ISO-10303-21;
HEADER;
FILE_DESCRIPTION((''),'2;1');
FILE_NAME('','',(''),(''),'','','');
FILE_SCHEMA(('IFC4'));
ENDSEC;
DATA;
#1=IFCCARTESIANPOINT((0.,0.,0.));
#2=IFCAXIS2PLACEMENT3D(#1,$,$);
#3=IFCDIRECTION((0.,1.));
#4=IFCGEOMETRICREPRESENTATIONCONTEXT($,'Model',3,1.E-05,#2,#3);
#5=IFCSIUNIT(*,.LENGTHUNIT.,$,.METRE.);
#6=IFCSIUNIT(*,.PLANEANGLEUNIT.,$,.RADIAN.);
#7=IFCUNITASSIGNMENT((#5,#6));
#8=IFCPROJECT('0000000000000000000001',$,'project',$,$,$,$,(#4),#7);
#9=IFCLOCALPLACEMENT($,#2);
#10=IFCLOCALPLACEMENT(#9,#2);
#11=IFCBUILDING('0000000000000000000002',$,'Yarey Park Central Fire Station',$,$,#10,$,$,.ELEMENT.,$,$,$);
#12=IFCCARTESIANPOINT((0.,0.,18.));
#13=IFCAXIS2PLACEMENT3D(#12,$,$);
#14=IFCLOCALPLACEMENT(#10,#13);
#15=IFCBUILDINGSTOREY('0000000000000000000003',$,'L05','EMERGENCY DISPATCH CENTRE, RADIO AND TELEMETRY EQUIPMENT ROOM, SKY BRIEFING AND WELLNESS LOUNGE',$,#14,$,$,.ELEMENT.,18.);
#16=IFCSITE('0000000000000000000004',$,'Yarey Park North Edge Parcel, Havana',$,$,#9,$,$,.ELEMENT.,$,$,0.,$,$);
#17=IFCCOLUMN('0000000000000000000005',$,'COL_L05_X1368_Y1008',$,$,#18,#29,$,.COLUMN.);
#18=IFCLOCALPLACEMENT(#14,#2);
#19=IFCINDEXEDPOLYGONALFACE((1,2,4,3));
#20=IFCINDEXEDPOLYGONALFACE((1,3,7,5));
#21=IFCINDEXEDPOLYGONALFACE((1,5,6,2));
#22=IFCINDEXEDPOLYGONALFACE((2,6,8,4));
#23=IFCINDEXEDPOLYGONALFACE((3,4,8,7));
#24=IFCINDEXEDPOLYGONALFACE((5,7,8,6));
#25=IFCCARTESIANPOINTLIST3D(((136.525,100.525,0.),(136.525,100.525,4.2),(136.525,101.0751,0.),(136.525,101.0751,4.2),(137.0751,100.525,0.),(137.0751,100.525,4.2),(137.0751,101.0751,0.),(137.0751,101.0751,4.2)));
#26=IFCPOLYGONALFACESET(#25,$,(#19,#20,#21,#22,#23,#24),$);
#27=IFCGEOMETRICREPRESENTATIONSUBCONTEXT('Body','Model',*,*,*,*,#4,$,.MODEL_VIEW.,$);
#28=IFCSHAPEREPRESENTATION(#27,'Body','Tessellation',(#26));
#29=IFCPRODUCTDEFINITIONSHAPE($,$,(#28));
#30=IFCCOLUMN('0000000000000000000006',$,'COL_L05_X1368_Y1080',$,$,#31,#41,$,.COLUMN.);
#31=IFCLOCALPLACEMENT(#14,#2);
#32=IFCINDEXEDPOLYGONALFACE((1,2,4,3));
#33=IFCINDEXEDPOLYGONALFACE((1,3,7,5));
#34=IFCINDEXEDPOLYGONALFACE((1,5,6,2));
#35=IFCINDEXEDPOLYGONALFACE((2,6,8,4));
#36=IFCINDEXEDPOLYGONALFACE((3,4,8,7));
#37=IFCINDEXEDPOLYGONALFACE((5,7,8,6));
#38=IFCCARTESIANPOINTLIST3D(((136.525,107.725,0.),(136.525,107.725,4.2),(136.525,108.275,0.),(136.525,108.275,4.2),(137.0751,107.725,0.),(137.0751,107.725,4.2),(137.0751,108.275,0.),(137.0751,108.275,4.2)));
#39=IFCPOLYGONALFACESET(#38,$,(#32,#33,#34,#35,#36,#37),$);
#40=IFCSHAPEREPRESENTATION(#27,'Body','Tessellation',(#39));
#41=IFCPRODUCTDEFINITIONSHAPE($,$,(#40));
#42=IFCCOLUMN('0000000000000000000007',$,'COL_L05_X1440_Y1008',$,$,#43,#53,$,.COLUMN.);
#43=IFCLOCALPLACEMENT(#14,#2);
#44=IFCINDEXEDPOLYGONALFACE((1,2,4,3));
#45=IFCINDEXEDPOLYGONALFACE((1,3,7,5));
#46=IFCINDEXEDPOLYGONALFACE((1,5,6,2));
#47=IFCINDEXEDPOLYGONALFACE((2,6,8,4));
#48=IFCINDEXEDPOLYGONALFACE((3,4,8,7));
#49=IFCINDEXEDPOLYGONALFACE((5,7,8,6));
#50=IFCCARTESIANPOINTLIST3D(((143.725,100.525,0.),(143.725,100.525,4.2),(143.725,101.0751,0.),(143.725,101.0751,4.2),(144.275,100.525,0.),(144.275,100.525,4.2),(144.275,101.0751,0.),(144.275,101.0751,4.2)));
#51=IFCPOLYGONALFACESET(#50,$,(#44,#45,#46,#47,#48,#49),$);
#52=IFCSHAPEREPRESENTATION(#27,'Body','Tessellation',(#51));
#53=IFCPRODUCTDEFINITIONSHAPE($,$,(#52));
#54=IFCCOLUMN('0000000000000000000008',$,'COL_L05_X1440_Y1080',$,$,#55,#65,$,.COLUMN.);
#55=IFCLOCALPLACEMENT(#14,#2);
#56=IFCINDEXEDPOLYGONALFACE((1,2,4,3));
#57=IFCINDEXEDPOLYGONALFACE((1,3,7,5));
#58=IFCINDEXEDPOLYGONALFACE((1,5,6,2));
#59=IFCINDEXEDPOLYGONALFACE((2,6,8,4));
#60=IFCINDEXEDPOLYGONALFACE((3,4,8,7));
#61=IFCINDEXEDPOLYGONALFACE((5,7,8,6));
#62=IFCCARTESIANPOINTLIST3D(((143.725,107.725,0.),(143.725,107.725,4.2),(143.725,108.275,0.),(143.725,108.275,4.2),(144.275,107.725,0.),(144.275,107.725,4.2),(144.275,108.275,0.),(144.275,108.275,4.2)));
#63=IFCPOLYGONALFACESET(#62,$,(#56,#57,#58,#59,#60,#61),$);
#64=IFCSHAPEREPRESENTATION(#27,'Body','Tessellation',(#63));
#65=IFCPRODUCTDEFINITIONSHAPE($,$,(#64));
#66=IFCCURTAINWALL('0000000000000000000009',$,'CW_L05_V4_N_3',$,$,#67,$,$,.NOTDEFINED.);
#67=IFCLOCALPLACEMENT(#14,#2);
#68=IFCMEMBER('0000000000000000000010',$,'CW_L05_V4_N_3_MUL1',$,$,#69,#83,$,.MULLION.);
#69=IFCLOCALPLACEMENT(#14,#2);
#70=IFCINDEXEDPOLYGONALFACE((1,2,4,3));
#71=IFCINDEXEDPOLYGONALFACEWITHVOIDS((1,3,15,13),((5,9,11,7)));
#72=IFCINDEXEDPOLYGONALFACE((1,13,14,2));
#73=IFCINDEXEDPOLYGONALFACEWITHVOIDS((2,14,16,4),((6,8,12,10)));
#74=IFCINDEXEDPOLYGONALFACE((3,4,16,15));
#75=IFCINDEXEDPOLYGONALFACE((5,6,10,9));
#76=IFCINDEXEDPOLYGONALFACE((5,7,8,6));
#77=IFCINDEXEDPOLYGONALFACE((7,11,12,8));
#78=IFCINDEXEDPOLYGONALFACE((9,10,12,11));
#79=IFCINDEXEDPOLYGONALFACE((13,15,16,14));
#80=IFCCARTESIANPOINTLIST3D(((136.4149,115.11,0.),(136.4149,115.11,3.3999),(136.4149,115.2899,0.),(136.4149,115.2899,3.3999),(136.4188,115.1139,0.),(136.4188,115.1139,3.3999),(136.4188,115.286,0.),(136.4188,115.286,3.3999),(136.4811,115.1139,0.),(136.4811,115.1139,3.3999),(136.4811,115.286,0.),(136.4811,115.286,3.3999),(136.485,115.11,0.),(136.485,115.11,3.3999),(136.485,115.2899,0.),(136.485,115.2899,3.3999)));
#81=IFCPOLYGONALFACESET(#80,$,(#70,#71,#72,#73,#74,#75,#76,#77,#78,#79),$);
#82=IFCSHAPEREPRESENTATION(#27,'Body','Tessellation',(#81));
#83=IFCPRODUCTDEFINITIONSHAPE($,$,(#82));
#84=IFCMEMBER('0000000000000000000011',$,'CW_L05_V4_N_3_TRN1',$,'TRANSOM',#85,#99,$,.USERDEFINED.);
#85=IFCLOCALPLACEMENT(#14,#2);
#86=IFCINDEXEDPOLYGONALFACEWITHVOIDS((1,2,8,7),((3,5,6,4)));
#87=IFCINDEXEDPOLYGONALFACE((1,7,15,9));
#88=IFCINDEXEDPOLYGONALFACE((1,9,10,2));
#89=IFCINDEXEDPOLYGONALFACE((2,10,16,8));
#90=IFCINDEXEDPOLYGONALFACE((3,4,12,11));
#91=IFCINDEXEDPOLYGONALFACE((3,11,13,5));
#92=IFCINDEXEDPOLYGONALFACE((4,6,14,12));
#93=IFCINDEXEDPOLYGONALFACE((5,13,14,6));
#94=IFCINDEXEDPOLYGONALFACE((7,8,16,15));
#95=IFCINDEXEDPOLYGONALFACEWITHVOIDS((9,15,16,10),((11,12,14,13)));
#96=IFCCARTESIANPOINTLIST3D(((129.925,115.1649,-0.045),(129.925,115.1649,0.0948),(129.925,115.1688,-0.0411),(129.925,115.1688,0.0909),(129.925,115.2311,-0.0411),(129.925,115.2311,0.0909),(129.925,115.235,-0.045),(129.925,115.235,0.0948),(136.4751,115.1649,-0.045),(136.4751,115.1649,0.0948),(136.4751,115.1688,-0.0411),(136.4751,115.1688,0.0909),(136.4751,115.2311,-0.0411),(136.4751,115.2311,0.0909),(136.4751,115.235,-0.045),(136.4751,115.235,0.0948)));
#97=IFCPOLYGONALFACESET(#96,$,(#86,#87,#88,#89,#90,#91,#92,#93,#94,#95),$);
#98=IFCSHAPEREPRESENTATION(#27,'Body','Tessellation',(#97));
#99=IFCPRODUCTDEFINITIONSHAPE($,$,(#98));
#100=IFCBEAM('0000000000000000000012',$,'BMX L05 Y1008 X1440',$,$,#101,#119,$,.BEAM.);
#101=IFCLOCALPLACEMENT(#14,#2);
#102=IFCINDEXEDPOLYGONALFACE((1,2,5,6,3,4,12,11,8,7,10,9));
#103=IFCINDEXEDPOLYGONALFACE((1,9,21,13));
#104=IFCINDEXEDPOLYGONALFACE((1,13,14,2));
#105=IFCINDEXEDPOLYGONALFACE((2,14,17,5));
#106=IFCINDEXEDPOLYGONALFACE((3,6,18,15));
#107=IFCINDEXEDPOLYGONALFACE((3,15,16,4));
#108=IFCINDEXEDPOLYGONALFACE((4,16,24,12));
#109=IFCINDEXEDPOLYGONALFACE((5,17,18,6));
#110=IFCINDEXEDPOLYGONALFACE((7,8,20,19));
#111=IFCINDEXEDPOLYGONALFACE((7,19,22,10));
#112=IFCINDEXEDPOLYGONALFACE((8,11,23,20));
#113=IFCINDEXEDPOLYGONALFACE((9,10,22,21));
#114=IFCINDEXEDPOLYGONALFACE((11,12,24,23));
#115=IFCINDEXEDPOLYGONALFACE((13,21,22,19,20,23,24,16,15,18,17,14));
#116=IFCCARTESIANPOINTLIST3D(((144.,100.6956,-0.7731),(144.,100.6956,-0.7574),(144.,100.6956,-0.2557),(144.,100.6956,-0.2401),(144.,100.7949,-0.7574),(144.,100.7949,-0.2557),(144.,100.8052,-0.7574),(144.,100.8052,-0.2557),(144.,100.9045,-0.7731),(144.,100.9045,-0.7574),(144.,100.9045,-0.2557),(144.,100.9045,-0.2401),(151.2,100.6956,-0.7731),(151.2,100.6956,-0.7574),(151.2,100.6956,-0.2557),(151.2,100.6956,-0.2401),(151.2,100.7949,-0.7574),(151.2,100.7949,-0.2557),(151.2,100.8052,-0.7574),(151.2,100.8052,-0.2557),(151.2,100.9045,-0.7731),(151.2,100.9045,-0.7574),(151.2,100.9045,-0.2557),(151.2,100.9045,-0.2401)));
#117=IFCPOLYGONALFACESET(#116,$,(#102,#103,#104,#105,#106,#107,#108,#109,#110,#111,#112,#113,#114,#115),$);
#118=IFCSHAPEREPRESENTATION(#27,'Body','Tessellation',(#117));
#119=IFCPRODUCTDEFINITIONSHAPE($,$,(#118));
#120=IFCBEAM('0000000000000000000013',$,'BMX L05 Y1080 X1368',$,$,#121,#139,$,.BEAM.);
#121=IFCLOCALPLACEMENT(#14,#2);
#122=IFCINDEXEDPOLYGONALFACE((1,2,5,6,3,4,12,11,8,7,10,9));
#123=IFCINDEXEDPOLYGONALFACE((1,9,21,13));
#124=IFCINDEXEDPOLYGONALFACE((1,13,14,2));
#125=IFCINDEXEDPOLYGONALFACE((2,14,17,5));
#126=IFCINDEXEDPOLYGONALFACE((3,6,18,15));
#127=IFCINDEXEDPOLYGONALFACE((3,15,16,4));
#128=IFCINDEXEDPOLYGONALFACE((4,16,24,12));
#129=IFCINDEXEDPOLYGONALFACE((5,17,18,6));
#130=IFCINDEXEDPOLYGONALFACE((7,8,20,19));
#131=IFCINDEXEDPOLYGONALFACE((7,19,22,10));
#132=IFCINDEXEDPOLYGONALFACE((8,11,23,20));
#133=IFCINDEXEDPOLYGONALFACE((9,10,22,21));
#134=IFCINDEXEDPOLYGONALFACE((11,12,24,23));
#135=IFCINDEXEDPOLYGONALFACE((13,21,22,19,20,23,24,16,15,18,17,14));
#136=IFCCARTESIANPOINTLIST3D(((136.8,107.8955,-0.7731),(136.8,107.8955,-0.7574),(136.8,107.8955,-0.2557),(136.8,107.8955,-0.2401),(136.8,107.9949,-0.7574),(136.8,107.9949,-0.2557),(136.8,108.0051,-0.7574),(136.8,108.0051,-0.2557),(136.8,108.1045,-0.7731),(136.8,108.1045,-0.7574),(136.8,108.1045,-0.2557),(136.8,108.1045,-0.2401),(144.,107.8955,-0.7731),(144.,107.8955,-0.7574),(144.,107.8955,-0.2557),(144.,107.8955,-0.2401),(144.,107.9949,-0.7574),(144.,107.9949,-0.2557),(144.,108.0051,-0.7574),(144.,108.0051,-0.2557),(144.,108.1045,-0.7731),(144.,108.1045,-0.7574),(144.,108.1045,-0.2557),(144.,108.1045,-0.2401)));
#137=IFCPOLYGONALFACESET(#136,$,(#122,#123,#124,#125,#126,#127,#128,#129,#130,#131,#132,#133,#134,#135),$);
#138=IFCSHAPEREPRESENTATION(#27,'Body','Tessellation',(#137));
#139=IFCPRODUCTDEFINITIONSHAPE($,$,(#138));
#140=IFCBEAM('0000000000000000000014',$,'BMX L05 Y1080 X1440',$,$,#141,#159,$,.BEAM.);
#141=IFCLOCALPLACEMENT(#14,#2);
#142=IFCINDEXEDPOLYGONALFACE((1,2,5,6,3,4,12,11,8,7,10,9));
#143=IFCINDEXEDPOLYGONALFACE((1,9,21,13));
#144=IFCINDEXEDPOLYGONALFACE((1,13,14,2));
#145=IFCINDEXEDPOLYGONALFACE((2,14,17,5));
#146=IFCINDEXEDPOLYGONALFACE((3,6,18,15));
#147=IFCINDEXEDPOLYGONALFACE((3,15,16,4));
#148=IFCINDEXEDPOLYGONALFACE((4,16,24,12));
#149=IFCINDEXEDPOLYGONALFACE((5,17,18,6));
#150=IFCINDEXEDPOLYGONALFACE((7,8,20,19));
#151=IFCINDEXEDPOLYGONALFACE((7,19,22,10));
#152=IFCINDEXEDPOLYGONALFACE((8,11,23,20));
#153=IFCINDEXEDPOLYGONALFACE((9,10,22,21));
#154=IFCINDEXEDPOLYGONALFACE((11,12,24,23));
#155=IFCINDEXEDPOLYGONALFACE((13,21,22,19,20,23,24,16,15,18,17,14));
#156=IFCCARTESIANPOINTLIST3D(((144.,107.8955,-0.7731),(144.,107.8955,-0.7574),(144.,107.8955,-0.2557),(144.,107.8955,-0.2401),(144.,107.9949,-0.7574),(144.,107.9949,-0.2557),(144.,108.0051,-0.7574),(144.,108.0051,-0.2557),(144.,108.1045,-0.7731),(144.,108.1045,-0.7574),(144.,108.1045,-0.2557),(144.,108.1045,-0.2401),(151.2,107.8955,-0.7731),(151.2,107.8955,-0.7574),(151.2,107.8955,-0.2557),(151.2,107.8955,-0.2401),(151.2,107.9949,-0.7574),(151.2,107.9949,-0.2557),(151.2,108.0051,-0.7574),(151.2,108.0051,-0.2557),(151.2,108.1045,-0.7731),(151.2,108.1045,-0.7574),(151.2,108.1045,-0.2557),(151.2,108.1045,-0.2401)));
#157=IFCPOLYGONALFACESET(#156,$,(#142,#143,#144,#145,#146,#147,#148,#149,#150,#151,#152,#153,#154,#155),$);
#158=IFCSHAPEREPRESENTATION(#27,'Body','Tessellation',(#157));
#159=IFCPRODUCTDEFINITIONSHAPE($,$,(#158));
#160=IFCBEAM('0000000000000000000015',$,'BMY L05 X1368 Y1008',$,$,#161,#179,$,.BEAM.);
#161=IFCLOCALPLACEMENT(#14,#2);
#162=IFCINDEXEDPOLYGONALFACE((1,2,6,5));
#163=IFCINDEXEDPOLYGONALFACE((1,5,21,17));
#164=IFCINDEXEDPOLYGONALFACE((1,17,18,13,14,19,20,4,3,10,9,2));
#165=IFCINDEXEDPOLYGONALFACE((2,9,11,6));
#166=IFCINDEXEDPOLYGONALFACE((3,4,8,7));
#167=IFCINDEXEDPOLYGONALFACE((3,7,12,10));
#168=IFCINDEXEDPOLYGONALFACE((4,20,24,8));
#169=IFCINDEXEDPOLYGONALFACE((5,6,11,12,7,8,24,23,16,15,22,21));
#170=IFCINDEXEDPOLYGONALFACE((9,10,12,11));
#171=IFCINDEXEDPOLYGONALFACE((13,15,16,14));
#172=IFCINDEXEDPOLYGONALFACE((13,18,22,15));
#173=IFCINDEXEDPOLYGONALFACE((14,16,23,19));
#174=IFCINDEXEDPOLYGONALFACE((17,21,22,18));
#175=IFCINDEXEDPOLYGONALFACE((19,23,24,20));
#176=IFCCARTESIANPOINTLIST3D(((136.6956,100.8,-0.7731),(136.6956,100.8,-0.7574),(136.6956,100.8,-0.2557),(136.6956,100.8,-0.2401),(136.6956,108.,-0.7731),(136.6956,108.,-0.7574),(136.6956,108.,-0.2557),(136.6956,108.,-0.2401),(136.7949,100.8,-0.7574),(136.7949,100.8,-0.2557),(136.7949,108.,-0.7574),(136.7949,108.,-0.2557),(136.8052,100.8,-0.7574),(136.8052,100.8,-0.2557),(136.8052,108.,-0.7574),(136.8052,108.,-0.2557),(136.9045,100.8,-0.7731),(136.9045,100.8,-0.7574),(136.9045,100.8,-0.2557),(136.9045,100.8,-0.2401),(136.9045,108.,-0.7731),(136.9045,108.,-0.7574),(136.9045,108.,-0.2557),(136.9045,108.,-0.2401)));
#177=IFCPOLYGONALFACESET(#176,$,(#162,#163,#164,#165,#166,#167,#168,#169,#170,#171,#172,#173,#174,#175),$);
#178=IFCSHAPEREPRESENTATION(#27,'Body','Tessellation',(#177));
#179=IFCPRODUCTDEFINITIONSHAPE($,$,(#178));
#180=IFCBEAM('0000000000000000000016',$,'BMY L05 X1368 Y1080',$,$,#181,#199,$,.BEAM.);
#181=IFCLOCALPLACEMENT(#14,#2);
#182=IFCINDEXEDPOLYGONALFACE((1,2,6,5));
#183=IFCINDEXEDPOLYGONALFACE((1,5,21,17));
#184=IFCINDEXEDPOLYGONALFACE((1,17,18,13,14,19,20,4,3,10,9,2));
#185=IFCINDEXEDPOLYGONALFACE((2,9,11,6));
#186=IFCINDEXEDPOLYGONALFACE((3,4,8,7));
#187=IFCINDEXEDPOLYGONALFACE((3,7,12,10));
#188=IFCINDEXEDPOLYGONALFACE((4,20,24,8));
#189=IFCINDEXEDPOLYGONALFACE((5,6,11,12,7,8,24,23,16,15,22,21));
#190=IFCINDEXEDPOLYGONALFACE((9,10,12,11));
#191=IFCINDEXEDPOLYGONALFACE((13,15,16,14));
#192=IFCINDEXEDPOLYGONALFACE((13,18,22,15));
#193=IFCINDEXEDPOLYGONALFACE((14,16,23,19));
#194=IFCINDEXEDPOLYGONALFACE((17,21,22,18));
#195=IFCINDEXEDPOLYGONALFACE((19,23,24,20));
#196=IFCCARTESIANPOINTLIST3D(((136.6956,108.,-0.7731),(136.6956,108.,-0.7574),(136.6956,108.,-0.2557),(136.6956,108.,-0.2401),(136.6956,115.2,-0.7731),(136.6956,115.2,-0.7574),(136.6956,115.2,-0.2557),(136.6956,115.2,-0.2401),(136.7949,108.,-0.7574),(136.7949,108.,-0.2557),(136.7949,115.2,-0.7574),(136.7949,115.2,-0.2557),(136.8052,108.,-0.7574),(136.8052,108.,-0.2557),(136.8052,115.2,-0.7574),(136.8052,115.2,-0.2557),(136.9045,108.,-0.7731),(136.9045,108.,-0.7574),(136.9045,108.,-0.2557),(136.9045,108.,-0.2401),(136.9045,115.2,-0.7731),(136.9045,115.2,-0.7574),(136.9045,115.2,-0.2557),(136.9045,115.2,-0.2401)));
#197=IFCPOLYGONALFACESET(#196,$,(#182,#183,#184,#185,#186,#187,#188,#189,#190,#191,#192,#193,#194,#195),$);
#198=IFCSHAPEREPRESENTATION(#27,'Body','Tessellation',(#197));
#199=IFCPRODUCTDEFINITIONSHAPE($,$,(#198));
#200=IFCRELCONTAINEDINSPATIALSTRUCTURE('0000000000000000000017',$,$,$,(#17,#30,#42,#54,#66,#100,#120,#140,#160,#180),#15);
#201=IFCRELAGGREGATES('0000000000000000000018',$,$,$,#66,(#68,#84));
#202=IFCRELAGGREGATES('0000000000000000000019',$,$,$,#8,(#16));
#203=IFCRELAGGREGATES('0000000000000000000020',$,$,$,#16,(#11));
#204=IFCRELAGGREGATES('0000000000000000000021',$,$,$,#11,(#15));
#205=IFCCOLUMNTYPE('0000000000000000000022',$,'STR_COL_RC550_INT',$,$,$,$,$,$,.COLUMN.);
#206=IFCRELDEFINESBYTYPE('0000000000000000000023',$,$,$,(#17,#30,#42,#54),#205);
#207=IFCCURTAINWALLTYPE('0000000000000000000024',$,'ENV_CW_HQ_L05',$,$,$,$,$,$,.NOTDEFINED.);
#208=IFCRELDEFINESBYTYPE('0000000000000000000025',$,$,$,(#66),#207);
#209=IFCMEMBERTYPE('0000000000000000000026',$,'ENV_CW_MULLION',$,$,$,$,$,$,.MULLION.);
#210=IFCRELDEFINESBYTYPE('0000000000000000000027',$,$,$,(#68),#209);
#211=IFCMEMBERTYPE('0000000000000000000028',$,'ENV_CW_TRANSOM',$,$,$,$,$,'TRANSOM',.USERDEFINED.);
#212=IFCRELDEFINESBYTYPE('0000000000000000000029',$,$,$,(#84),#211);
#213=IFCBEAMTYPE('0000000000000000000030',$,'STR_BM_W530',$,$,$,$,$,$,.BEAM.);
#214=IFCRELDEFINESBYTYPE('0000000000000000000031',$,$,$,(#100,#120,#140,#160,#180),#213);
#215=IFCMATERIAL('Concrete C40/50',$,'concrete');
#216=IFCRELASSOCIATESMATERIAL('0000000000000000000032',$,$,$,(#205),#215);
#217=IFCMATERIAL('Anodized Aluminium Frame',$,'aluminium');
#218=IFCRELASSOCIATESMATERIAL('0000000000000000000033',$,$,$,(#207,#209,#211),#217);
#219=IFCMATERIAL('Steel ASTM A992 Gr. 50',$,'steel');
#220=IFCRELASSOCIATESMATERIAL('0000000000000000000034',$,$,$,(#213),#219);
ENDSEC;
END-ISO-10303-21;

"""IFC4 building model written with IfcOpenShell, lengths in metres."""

from ifc_helpers import new_model, si_unit, direction, frame, origin, origin_2d, place, context, subcontext, project, spatial, rectangle, hollow_rectangle, i_section, extrude, material, material_profile, profile_set, type_object, element, aggregate, save


model = new_model("IFC4")

# Units and contexts
model_context = context("Model", 3, precision=1e-05, world=origin(), true_north=direction((0.0, 1.0)))
body_context = subcontext(model_context, "Body", "Model", "MODEL_VIEW")
ifc_project = project(units=[si_unit("LENGTHUNIT", "METRE"), si_unit("PLANEANGLEUNIT", "RADIAN")], contexts=[model_context])

# Site, building, storey
site_placement = place(None, origin())
site = spatial("IfcSite", under=ifc_project, at=site_placement, Name="Yarey Park North Edge Parcel, Havana", CompositionType="ELEMENT", RefElevation=0.0)
building_placement = place(site_placement, origin())
building = spatial("IfcBuilding", under=site, at=building_placement, Name="Yarey Park Central Fire Station", CompositionType="ELEMENT")
storey_placement = place(building_placement, frame((0.0, 0.0, 18.0)))
storey = spatial("IfcBuildingStorey", under=building, at=storey_placement, Name="L05", Description="EMERGENCY DISPATCH CENTRE, RADIO AND TELEMETRY EQUIPMENT ROOM, SKY BRIEFING AND WELLNESS LOUNGE", CompositionType="ELEMENT", Elevation=18.0)

# Columns
ifc_material_1 = material(Name="Concrete C40/50", Category="concrete")
ifc_material_profile_1 = material_profile(ifc_material_1, rectangle(XDim=0.55, YDim=0.55, at=origin_2d()), Name="RC 550x550")
ifc_profile_set_1 = profile_set([ifc_material_profile_1], Name="Concrete C40/50")
column_type = type_object("IfcColumnType", Name="STR_COL_RC550_INT", PredefinedType="COLUMN", material=ifc_profile_set_1)
for number, where, z_axis, x_axis, name in (
    (1, (136.8, 100.8, 0.0), (0.0, 0.0, 1.0), (1.0, 0.0, 0.0), "COL_L05_X1368_Y1008"),
    (2, (136.8, 108.0, 0.0), (0.0, 0.0, 1.0), (1.0, 0.0, 0.0), "COL_L05_X1368_Y1080"),
    (3, (144.0, 100.8, 0.0), (0.0, 0.0, 1.0), (1.0, 0.0, 0.0), "COL_L05_X1440_Y1008"),
    (4, (144.0, 108.0, 0.0), (0.0, 0.0, 1.0), (1.0, 0.0, 0.0), "COL_L05_X1440_Y1080"),
):
    element("IfcColumn", number, at=place(storey_placement, frame(where, z_axis=z_axis, x_axis=x_axis)), inside=storey, type_object=column_type, Name=name, PredefinedType="COLUMN", context=body_context, shape_type="SweptSolid", body=[
        extrude(rectangle(XDim=0.55, YDim=0.55, at=origin_2d()), origin(), (0.0, 0.0, 1.0), 4.2),
    ])

# Curtain wall, members
ifc_material_2 = material(Name="Anodized Aluminium Frame", Category="aluminium")
curtain_wall_type = type_object("IfcCurtainWallType", Name="ENV_CW_HQ_L05", PredefinedType="NOTDEFINED", material=ifc_material_2)
curtain_wall_placement = place(storey_placement, origin())
curtain_wall = element("IfcCurtainWall", 5, at=curtain_wall_placement, inside=storey, type_object=curtain_wall_type, Name="CW_L05_V4_N_3", PredefinedType="NOTDEFINED")
ifc_material_profile_2 = material_profile(ifc_material_2, hollow_rectangle(XDim=0.0701, YDim=0.1799, WallThickness=0.0039, at=origin_2d()), Name="ALU 180x70x4")
ifc_profile_set_2 = profile_set([ifc_material_profile_2], Name="Anodized Aluminium Frame")
member_type_1 = type_object("IfcMemberType", Name="ENV_CW_MULLION", PredefinedType="MULLION", material=ifc_profile_set_2)
member_1_placement = place(storey_placement, frame((136.45, 115.2, 0.0), z_axis=(0.0, 0.0, 1.0), x_axis=(1.0, 0.0, 0.0)))
member_1 = element("IfcMember", 6, at=member_1_placement, type_object=member_type_1, Name="CW_L05_V4_N_3_MUL1", PredefinedType="MULLION", context=body_context, shape_type="SweptSolid", body=[
    extrude(hollow_rectangle(XDim=0.0701, YDim=0.1799, WallThickness=0.0039, at=origin_2d()), origin(), (0.0, 0.0, 1.0), 3.3999),
])
ifc_material_profile_3 = material_profile(ifc_material_2, hollow_rectangle(XDim=0.0701, YDim=0.1399, WallThickness=0.0039, at=origin_2d()), Name="ALU 140x70x4")
ifc_profile_set_3 = profile_set([ifc_material_profile_3], Name="Anodized Aluminium Frame")
member_type_2 = type_object("IfcMemberType", Name="ENV_CW_TRANSOM", ElementType="TRANSOM", PredefinedType="USERDEFINED", material=ifc_profile_set_3)
member_2_placement = place(storey_placement, frame((136.4751, 115.2, 0.0249), z_axis=(-1.0, 0.0, 0.0), x_axis=(0.0, -1.0, 0.0)))
member_2 = element("IfcMember", 7, at=member_2_placement, type_object=member_type_2, Name="CW_L05_V4_N_3_TRN1", ObjectType="TRANSOM", PredefinedType="USERDEFINED", context=body_context, shape_type="SweptSolid", body=[
    extrude(hollow_rectangle(XDim=0.0701, YDim=0.1399, WallThickness=0.0039, at=origin_2d()), origin(), (0.0, 0.0, 1.0), 6.55),
])

# Beams
ifc_material_3 = material(Name="Steel ASTM A992 Gr. 50", Category="steel")
ifc_material_profile_4 = material_profile(ifc_material_3, i_section(OverallWidth=0.209, OverallDepth=0.533, WebThickness=0.0103, FlangeThickness=0.0156, at=origin_2d()), Name="W530x92")
ifc_profile_set_4 = profile_set([ifc_material_profile_4], Name="Steel ASTM A992 Gr. 50")
beam_type_1 = type_object("IfcBeamType", Name="STR_BM_W530", PredefinedType="BEAM", material=ifc_profile_set_4)
for number, where, z_axis, x_axis, name in (
    (8, (144.0, 100.8, -0.5066), (1.0, 0.0, 0.0), (0.0, 1.0, 0.0), "BMX L05 Y1008 X1440"),
    (9, (136.8, 108.0, -0.5066), (1.0, 0.0, 0.0), (0.0, 1.0, 0.0), "BMX L05 Y1080 X1368"),
    (10, (144.0, 108.0, -0.5066), (1.0, 0.0, 0.0), (0.0, 1.0, 0.0), "BMX L05 Y1080 X1440"),
    (11, (136.8, 100.8, -0.5066), (0.0, 1.0, 0.0), (-1.0, 0.0, 0.0), "BMY L05 X1368 Y1008"),
    (12, (136.8, 108.0, -0.5066), (0.0, 1.0, 0.0), (-1.0, 0.0, 0.0), "BMY L05 X1368 Y1080"),
):
    element("IfcBeam", number, at=place(storey_placement, frame(where, z_axis=z_axis, x_axis=x_axis)), inside=storey, type_object=beam_type_1, Name=name, PredefinedType="BEAM", context=body_context, shape_type="SweptSolid", body=[
        extrude(i_section(OverallWidth=0.209, OverallDepth=0.533, WebThickness=0.0103, FlangeThickness=0.0156, at=origin_2d()), origin(), (0.0, 0.0, 1.0), 7.2),
    ])

aggregate(curtain_wall, [member_1, member_2])

save(model, "model.ifc")
